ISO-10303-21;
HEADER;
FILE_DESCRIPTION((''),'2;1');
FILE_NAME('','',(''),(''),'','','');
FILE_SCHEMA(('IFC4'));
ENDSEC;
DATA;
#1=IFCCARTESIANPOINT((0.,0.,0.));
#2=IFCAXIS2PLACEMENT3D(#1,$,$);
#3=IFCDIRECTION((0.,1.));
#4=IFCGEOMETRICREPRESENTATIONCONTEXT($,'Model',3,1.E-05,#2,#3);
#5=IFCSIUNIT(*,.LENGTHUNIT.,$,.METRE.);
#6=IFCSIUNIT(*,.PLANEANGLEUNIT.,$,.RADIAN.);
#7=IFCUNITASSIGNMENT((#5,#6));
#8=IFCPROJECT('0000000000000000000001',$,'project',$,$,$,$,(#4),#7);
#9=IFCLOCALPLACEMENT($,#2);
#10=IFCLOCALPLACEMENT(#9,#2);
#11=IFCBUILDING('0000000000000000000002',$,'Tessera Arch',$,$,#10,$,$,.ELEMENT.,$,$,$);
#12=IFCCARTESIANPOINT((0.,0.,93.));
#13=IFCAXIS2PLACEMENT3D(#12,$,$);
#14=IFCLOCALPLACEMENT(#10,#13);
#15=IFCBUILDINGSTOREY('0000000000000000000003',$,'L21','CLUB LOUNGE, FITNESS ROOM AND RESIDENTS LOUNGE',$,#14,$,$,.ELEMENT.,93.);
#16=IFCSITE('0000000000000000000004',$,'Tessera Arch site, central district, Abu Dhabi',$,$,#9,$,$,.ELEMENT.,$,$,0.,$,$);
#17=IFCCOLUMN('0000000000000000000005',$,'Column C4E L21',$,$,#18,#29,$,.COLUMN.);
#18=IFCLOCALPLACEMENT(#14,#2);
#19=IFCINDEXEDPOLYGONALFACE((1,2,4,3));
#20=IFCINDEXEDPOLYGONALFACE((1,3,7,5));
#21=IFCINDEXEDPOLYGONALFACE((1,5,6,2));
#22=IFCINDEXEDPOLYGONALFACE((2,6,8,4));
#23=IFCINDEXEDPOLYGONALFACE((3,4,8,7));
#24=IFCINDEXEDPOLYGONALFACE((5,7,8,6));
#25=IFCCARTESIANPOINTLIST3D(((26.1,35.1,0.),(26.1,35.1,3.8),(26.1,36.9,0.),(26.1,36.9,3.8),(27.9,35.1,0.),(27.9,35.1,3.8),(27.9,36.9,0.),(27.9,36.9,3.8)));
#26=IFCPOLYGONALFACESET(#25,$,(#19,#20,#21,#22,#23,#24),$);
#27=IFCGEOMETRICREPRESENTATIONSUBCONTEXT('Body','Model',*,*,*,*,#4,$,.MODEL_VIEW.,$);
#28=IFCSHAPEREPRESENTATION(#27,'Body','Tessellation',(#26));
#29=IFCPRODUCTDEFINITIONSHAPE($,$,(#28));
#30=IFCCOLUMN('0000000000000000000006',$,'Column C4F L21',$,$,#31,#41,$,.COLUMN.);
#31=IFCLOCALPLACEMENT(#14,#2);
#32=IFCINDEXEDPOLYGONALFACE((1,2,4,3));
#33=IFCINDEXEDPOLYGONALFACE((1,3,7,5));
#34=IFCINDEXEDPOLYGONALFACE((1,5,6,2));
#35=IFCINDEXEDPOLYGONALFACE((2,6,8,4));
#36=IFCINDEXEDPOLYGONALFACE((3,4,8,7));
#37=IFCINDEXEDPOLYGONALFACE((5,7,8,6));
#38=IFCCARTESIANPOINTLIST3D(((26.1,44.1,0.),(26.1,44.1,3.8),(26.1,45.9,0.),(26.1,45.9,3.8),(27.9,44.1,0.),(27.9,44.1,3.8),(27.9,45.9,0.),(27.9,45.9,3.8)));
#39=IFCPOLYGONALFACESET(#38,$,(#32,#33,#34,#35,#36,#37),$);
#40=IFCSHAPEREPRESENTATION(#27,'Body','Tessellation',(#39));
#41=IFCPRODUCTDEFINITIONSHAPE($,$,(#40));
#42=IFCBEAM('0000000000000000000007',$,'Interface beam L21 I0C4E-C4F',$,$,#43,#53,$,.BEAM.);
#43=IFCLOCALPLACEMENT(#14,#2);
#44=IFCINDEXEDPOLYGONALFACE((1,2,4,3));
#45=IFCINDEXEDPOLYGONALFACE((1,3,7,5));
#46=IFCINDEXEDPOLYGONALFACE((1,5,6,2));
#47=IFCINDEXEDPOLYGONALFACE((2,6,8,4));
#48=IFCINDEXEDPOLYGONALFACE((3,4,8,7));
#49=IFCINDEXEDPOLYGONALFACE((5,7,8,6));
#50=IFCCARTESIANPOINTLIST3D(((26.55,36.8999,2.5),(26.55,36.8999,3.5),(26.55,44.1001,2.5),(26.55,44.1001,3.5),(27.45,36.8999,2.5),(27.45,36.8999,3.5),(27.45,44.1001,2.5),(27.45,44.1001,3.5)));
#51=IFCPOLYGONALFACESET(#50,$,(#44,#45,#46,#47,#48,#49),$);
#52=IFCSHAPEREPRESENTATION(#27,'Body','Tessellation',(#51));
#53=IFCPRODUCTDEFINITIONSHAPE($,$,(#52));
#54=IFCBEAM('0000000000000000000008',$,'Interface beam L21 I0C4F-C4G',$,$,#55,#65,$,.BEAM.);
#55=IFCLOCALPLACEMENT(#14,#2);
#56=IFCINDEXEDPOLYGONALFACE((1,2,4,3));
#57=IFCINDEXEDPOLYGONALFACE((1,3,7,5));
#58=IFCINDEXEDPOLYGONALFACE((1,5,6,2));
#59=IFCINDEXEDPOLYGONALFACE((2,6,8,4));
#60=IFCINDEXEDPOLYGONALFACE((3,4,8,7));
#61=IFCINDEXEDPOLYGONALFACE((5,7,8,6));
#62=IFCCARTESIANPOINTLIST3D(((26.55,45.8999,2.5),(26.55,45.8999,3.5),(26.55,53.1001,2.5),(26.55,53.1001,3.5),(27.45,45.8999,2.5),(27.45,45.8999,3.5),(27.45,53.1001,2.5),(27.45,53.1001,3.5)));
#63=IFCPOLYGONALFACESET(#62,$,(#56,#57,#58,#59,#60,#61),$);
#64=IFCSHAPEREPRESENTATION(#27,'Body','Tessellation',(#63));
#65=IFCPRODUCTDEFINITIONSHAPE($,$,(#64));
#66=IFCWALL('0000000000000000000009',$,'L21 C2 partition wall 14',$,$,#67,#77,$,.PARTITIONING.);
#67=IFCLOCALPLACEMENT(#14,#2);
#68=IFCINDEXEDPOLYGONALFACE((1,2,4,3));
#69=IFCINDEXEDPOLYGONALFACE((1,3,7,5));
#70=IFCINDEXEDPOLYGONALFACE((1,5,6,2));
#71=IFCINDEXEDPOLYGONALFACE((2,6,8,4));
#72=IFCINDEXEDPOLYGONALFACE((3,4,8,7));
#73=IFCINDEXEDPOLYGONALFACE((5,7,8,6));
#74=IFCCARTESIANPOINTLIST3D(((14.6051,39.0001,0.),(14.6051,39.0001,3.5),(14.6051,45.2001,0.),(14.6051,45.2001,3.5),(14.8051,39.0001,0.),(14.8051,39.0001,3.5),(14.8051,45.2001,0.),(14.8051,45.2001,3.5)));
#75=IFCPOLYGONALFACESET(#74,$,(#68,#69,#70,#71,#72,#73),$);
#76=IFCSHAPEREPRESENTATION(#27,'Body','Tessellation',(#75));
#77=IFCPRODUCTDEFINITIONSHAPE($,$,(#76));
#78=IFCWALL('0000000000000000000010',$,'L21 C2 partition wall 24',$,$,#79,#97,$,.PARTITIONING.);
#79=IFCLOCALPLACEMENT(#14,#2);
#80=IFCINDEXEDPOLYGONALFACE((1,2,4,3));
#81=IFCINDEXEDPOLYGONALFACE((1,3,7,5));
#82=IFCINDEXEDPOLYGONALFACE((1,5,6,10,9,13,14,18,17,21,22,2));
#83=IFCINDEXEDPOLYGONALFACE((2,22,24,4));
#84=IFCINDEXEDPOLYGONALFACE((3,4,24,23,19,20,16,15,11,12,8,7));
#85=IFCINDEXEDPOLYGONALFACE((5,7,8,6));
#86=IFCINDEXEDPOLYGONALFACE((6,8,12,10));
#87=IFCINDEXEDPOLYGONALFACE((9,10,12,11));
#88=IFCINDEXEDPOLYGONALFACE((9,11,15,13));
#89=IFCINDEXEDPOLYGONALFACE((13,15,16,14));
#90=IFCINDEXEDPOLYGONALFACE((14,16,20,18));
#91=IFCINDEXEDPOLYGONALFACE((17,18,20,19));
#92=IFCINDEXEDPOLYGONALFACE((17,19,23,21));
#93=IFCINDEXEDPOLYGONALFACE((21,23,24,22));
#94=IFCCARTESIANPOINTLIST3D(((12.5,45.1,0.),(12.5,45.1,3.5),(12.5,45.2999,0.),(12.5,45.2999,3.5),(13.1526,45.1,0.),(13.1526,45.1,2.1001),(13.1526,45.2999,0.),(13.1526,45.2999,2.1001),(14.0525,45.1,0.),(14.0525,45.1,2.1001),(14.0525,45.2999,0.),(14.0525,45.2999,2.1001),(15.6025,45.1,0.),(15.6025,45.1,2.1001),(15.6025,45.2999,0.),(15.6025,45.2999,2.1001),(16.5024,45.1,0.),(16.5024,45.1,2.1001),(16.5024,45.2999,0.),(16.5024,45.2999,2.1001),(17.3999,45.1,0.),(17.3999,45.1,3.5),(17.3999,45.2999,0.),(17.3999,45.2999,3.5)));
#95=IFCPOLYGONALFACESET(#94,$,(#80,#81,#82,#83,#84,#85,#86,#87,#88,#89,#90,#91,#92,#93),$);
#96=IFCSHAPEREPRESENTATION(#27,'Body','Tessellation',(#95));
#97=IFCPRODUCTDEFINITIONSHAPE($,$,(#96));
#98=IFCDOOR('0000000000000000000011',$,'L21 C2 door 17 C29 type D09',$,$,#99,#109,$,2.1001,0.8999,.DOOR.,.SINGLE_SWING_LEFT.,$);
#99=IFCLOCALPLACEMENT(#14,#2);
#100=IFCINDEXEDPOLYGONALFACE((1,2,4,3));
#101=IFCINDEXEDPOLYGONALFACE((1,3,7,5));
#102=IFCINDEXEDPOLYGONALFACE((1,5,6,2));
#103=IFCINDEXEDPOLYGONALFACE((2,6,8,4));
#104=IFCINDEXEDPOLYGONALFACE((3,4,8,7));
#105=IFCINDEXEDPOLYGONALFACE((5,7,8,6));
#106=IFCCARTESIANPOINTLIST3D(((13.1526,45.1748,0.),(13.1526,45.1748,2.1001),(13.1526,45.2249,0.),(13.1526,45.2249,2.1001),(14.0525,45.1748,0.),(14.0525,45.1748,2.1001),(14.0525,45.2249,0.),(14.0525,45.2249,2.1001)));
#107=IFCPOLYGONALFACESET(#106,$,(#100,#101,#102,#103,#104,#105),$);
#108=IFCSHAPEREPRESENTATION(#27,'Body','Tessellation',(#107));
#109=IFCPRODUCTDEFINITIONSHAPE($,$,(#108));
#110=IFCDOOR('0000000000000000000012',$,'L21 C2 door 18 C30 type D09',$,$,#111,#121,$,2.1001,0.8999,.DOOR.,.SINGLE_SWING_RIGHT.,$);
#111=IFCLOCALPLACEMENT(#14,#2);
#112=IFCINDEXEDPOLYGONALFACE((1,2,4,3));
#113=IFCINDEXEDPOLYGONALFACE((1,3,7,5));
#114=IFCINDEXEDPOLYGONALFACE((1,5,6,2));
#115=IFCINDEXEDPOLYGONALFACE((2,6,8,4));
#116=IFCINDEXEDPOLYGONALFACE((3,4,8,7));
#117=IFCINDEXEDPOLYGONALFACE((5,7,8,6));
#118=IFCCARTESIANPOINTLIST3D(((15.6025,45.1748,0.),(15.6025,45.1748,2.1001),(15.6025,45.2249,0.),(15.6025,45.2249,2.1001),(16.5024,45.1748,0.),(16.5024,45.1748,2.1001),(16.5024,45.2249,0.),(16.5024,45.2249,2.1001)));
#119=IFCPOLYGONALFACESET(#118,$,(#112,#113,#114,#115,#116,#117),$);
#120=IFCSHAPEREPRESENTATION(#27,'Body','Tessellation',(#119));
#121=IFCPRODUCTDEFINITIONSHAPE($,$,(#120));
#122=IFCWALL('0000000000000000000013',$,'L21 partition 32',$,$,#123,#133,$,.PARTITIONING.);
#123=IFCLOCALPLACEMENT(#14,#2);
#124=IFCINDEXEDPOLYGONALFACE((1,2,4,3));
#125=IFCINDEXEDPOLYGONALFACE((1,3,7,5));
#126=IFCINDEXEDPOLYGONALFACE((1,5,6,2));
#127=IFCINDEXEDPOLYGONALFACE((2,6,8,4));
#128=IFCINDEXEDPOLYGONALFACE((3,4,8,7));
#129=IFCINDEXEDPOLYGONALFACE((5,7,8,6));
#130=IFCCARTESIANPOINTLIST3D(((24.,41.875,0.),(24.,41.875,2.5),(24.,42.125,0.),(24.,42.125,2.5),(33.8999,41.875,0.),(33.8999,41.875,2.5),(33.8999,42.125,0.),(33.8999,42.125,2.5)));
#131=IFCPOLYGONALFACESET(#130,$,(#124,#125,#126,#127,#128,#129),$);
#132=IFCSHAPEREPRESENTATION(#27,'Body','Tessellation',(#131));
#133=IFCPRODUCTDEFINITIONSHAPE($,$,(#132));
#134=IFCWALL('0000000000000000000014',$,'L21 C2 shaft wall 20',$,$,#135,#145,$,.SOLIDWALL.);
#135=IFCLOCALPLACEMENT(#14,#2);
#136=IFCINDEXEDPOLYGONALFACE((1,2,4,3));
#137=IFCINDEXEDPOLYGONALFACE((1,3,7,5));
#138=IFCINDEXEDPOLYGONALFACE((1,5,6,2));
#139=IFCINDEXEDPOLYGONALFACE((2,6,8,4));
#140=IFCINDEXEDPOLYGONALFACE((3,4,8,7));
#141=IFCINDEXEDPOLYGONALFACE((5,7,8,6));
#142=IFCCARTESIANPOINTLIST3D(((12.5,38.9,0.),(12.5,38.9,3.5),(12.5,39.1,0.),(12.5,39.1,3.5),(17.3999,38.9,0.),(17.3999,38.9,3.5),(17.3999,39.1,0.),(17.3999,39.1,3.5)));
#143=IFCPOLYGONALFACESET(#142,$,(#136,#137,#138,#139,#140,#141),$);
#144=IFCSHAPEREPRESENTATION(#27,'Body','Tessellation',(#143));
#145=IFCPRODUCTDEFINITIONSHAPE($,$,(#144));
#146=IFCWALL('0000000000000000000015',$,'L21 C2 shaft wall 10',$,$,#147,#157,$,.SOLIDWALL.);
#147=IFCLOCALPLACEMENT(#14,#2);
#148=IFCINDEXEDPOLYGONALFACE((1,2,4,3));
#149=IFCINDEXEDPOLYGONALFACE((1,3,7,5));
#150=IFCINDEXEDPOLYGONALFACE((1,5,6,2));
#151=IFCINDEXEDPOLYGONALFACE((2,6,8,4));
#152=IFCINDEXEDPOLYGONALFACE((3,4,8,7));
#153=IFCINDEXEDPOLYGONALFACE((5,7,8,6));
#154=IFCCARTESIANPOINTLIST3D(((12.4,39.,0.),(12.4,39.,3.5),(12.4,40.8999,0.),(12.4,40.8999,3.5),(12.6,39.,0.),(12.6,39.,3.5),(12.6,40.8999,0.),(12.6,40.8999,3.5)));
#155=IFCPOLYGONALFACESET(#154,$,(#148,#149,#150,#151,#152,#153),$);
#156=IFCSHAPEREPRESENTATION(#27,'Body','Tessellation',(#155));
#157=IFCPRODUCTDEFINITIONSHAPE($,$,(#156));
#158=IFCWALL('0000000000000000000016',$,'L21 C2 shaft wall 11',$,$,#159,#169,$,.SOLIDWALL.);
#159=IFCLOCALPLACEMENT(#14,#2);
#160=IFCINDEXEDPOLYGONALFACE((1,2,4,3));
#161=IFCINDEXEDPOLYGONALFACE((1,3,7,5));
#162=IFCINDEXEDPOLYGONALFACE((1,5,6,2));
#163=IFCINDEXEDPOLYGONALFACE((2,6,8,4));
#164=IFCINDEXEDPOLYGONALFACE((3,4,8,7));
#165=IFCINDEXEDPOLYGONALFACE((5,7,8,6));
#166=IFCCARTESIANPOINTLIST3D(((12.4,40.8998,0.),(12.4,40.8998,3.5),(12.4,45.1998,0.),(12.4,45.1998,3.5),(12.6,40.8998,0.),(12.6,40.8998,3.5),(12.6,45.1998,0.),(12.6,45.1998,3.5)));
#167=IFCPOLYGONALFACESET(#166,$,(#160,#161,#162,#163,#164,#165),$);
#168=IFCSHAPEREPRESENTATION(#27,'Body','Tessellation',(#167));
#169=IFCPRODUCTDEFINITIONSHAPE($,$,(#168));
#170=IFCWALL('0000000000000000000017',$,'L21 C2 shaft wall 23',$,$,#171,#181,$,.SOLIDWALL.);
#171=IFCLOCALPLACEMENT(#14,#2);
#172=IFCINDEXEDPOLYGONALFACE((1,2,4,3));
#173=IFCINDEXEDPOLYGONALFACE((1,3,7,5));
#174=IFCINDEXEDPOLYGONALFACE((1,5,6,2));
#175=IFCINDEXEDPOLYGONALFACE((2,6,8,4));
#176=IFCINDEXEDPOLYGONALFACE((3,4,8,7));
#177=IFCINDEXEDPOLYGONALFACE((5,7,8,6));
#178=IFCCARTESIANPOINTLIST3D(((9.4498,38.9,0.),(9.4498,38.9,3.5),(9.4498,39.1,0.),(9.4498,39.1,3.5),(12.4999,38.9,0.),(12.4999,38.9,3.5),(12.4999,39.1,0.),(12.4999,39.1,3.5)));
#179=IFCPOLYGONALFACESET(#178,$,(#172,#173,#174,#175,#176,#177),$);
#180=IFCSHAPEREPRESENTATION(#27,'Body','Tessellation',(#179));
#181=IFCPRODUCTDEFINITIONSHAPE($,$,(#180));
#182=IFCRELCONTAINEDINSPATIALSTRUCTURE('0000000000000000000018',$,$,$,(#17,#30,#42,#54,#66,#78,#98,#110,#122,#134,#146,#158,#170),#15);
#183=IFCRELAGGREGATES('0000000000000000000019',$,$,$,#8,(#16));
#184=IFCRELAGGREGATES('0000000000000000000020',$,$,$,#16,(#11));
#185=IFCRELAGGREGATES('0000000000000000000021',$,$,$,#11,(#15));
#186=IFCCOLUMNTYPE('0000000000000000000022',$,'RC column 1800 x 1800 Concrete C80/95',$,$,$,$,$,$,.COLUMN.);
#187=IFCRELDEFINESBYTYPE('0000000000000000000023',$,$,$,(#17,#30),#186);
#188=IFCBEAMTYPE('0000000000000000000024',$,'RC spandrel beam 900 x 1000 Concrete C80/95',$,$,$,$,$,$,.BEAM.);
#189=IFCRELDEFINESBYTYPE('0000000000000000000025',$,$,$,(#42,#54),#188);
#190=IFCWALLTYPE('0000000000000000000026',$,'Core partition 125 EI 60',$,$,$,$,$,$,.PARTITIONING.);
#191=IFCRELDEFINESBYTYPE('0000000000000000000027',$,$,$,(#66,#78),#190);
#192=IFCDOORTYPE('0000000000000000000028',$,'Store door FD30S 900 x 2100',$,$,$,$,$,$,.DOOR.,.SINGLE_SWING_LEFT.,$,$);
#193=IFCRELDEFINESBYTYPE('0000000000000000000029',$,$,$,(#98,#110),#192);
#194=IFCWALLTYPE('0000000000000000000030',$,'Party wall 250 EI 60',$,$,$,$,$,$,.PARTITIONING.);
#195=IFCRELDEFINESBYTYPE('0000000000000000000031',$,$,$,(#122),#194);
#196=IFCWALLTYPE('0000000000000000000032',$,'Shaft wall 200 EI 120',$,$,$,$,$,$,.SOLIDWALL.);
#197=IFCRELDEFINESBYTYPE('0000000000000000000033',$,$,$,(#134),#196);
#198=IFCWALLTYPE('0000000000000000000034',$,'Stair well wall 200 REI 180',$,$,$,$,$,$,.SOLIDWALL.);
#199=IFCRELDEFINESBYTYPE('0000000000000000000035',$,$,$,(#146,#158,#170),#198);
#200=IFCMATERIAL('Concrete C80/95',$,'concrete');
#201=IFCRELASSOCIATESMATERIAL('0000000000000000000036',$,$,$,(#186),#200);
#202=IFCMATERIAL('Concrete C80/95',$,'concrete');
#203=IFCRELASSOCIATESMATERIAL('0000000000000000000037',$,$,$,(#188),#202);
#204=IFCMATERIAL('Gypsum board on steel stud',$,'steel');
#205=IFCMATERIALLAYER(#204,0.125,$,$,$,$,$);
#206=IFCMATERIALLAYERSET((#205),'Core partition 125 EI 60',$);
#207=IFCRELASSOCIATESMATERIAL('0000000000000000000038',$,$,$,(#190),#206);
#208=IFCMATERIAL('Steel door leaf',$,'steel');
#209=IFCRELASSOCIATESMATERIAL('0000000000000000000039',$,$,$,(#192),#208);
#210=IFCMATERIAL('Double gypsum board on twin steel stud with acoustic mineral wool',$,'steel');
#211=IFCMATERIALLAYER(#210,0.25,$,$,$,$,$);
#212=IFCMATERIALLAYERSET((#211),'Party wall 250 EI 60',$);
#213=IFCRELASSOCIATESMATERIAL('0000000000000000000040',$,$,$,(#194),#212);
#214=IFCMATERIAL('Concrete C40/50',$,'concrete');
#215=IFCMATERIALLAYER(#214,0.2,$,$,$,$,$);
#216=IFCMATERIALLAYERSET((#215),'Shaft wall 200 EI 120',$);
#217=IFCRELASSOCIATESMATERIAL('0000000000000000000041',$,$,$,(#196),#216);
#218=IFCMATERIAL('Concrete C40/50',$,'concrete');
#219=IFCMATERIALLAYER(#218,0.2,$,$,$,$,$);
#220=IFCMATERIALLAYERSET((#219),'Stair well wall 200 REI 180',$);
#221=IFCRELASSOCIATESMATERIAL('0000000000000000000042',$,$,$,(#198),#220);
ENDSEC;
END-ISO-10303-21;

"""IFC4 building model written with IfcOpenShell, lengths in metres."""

from ifc_helpers import new_model, si_unit, direction, frame, frame_2d, origin, origin_2d, place, context, subcontext, project, spatial, rectangle, extrude, material, layer, layer_set, material_profile, profile_set, type_object, element, fill, save


model = new_model("IFC4")

# Units and contexts
model_context = context("Model", 3, precision=1e-05, world=origin(), true_north=direction((0.0, 1.0)))
body_context = subcontext(model_context, "Body", "Model", "MODEL_VIEW")
ifc_project = project(units=[si_unit("LENGTHUNIT", "METRE"), si_unit("PLANEANGLEUNIT", "RADIAN")], contexts=[model_context])

# Site, building, storey
site_placement = place(None, origin())
site = spatial("IfcSite", under=ifc_project, at=site_placement, Name="Tessera Arch site, central district, Abu Dhabi", CompositionType="ELEMENT", RefElevation=0.0)
building_placement = place(site_placement, origin())
building = spatial("IfcBuilding", under=site, at=building_placement, Name="Tessera Arch", CompositionType="ELEMENT")
storey_placement = place(building_placement, frame((0.0, 0.0, 93.0)))
storey = spatial("IfcBuildingStorey", under=building, at=storey_placement, Name="L21", Description="CLUB LOUNGE, FITNESS ROOM AND RESIDENTS LOUNGE", CompositionType="ELEMENT", Elevation=93.0)

# Columns
ifc_material_1 = material(Name="Concrete C80/95", Category="concrete")
ifc_material_profile_1 = material_profile(ifc_material_1, rectangle(XDim=1.8, YDim=1.8, at=origin_2d()), Name="RC column 1800 x 1800 Concrete C80/95")
ifc_profile_set_1 = profile_set([ifc_material_profile_1], Name="Concrete C80/95")
column_type = type_object("IfcColumnType", Name="RC column 1800 x 1800 Concrete C80/95", PredefinedType="COLUMN", material=ifc_profile_set_1)
for number, where, z_axis, x_axis, name in (
    (1, (27.0, 36.0, 0.0), (0.0, 0.0, 1.0), (1.0, 0.0, 0.0), "Column C4E L21"),
    (2, (27.0, 45.0, 0.0), (0.0, 0.0, 1.0), (1.0, 0.0, 0.0), "Column C4F L21"),
):
    element("IfcColumn", number, at=place(storey_placement, frame(where, z_axis=z_axis, x_axis=x_axis)), inside=storey, type_object=column_type, Name=name, PredefinedType="COLUMN", context=body_context, shape_type="SweptSolid", body=[
        extrude(rectangle(XDim=1.8, YDim=1.8, at=origin_2d()), origin(), (0.0, 0.0, 1.0), 3.8),
    ])

# Beams
ifc_material_2 = material(Name="Concrete C80/95", Category="concrete")
ifc_material_profile_2 = material_profile(ifc_material_2, rectangle(XDim=0.8999, YDim=1.0, at=origin_2d()), Name="RC spandrel beam 900 x 1000 Concrete C80/95")
ifc_profile_set_2 = profile_set([ifc_material_profile_2], Name="Concrete C80/95")
beam_type = type_object("IfcBeamType", Name="RC spandrel beam 900 x 1000 Concrete C80/95", PredefinedType="BEAM", material=ifc_profile_set_2)
for number, where, z_axis, x_axis, name in (
    (3, (27.0, 36.8999, 3.0), (0.0, 1.0, 0.0), (-1.0, 0.0, 0.0), "Interface beam L21 I0C4E-C4F"),
    (4, (27.0, 45.8999, 3.0), (0.0, 1.0, 0.0), (-1.0, 0.0, 0.0), "Interface beam L21 I0C4F-C4G"),
):
    element("IfcBeam", number, at=place(storey_placement, frame(where, z_axis=z_axis, x_axis=x_axis)), inside=storey, type_object=beam_type, Name=name, PredefinedType="BEAM", context=body_context, shape_type="SweptSolid", body=[
        extrude(rectangle(XDim=0.8999, YDim=1.0, at=origin_2d()), origin(), (0.0, 0.0, 1.0), 7.2002),
    ])

# Wall
ifc_material_3 = material(Name="Gypsum board on steel stud", Category="steel")
ifc_layer_1 = layer(ifc_material_3, 0.125)
ifc_layer_set_1 = layer_set([ifc_layer_1], Name="Core partition 125 EI 60")
wall_type_1 = type_object("IfcWallType", Name="Core partition 125 EI 60", PredefinedType="PARTITIONING", material=ifc_layer_set_1)
wall_1_placement = place(storey_placement, frame((14.7051, 39.0, 0.0), z_axis=(0.0, 0.0, 1.0), x_axis=(0.0, 1.0, 0.0)))
element("IfcWall", 5, at=wall_1_placement, inside=storey, type_object=wall_type_1, Name="L21 C2 partition wall 14", PredefinedType="PARTITIONING", context=body_context, shape_type="SweptSolid", body=[
    extrude(rectangle(XDim=6.2, YDim=0.2, at=frame_2d((3.1001, 0.0))), origin(), (0.0, 0.0, 1.0), 3.5),
])

# Wall, openings, doors
wall_2_placement = place(storey_placement, frame((12.5, 45.2, 0.0), z_axis=(0.0, 0.0, 1.0), x_axis=(1.0, 0.0, 0.0)))
wall_2 = element("IfcWall", 6, at=wall_2_placement, inside=storey, type_object=wall_type_1, Name="L21 C2 partition wall 24", PredefinedType="PARTITIONING", context=body_context, shape_type="SweptSolid", body=[
    extrude(rectangle(XDim=4.8999, YDim=0.2, at=frame_2d((2.45, 0.0))), origin(), (0.0, 0.0, 1.0), 3.5),
])
opening_1_placement = place(wall_2_placement, frame((0.6526, 0.0, 0.0)))
opening_1 = element("IfcOpeningElement", 7, at=opening_1_placement, cuts=wall_2, PredefinedType="OPENING", context=body_context, shape_type="SweptSolid", body=[
    extrude(rectangle(XDim=0.8999, YDim=2.1001, at=frame_2d((0.45, 1.05))), frame((0.0, 0.1099, 0.0), z_axis=(0.0, -1.0, 0.0), x_axis=(1.0, 0.0, 0.0)), (0.0, 0.0, 1.0), 0.22),
])
opening_2_placement = place(wall_2_placement, frame((3.1025, 0.0, 0.0)))
opening_2 = element("IfcOpeningElement", 8, at=opening_2_placement, cuts=wall_2, PredefinedType="OPENING", context=body_context, shape_type="SweptSolid", body=[
    extrude(rectangle(XDim=0.8999, YDim=2.1001, at=frame_2d((0.45, 1.05))), frame((0.0, 0.1099, 0.0), z_axis=(0.0, -1.0, 0.0), x_axis=(1.0, 0.0, 0.0)), (0.0, 0.0, 1.0), 0.22),
])
ifc_material_4 = material(Name="Steel door leaf", Category="steel")
door_type = type_object("IfcDoorType", Name="Store door FD30S 900 x 2100", OperationType="SINGLE_SWING_LEFT", PredefinedType="DOOR", material=ifc_material_4)
door_1_placement = place(opening_1_placement, origin())
door_1 = element("IfcDoor", 9, at=door_1_placement, inside=storey, type_object=door_type, Name="L21 C2 door 17 C29 type D09", OperationType="SINGLE_SWING_LEFT", OverallHeight=2.1001, OverallWidth=0.8999, PredefinedType="DOOR", context=body_context, shape_type="SweptSolid", body=[
    extrude(rectangle(XDim=0.8999, YDim=2.1001, at=frame_2d((0.45, 1.05))), frame((0.0, 0.0249, 0.0), z_axis=(0.0, -1.0, 0.0), x_axis=(1.0, 0.0, 0.0)), (0.0, 0.0, 1.0), 0.05),
])
fill(opening_1, door_1)
door_2_placement = place(opening_2_placement, origin())
door_2 = element("IfcDoor", 10, at=door_2_placement, inside=storey, type_object=door_type, Name="L21 C2 door 18 C30 type D09", OperationType="SINGLE_SWING_RIGHT", OverallHeight=2.1001, OverallWidth=0.8999, PredefinedType="DOOR", context=body_context, shape_type="SweptSolid", body=[
    extrude(rectangle(XDim=0.8999, YDim=2.1001, at=frame_2d((0.45, 1.05))), frame((0.0, 0.0249, 0.0), z_axis=(0.0, -1.0, 0.0), x_axis=(1.0, 0.0, 0.0)), (0.0, 0.0, 1.0), 0.05),
])
fill(opening_2, door_2)

# Walls
ifc_material_5 = material(Name="Double gypsum board on twin steel stud with acoustic mineral wool", Category="steel")
ifc_layer_2 = layer(ifc_material_5, 0.25)
ifc_layer_set_2 = layer_set([ifc_layer_2], Name="Party wall 250 EI 60")
wall_type_2 = type_object("IfcWallType", Name="Party wall 250 EI 60", PredefinedType="PARTITIONING", material=ifc_layer_set_2)
wall_3_placement = place(storey_placement, frame((24.0, 42.0, 0.0), z_axis=(0.0, 0.0, 1.0), x_axis=(1.0, 0.0, 0.0)))
element("IfcWall", 11, at=wall_3_placement, inside=storey, type_object=wall_type_2, Name="L21 partition 32", PredefinedType="PARTITIONING", context=body_context, shape_type="SweptSolid", body=[
    extrude(rectangle(XDim=9.8999, YDim=0.25, at=frame_2d((4.95, 0.0))), origin(), (0.0, 0.0, 1.0), 2.5),
])
ifc_material_6 = material(Name="Concrete C40/50", Category="concrete")
ifc_layer_3 = layer(ifc_material_6, 0.2)
ifc_layer_set_3 = layer_set([ifc_layer_3], Name="Shaft wall 200 EI 120")
wall_type_3 = type_object("IfcWallType", Name="Shaft wall 200 EI 120", PredefinedType="SOLIDWALL", material=ifc_layer_set_3)
wall_4_placement = place(storey_placement, frame((12.5, 39.0, 0.0), z_axis=(0.0, 0.0, 1.0), x_axis=(1.0, 0.0, 0.0)))
element("IfcWall", 12, at=wall_4_placement, inside=storey, type_object=wall_type_3, Name="L21 C2 shaft wall 20", PredefinedType="SOLIDWALL", context=body_context, shape_type="SweptSolid", body=[
    extrude(rectangle(XDim=4.8999, YDim=0.2, at=frame_2d((2.45, 0.0))), origin(), (0.0, 0.0, 1.0), 3.5),
])
ifc_material_7 = material(Name="Concrete C40/50", Category="concrete")
ifc_layer_4 = layer(ifc_material_7, 0.2)
ifc_layer_set_4 = layer_set([ifc_layer_4], Name="Stair well wall 200 REI 180")
wall_type_4 = type_object("IfcWallType", Name="Stair well wall 200 REI 180", PredefinedType="SOLIDWALL", material=ifc_layer_set_4)
wall_5_placement = place(storey_placement, frame((12.5, 39.0, 0.0), z_axis=(0.0, 0.0, 1.0), x_axis=(0.0, 1.0, 0.0)))
element("IfcWall", 13, at=wall_5_placement, inside=storey, type_object=wall_type_4, Name="L21 C2 shaft wall 10", PredefinedType="SOLIDWALL", context=body_context, shape_type="SweptSolid", body=[
    extrude(rectangle(XDim=1.8999, YDim=0.2, at=frame_2d((0.95, 0.0))), origin(), (0.0, 0.0, 1.0), 3.5),
])
wall_6_placement = place(storey_placement, frame((12.5, 40.8999, 0.0), z_axis=(0.0, 0.0, 1.0), x_axis=(0.0, 1.0, 0.0)))
element("IfcWall", 14, at=wall_6_placement, inside=storey, type_object=wall_type_4, Name="L21 C2 shaft wall 11", PredefinedType="SOLIDWALL", context=body_context, shape_type="SweptSolid", body=[
    extrude(rectangle(XDim=4.3, YDim=0.2, at=frame_2d((2.1499, 0.0))), origin(), (0.0, 0.0, 1.0), 3.5),
])
wall_7_placement = place(storey_placement, frame((9.45, 39.0, 0.0), z_axis=(0.0, 0.0, 1.0), x_axis=(1.0, 0.0, 0.0)))
element("IfcWall", 15, at=wall_7_placement, inside=storey, type_object=wall_type_4, Name="L21 C2 shaft wall 23", PredefinedType="SOLIDWALL", context=body_context, shape_type="SweptSolid", body=[
    extrude(rectangle(XDim=3.05, YDim=0.2, at=frame_2d((1.5249, 0.0))), origin(), (0.0, 0.0, 1.0), 3.5),
])

save(model, "model.ifc")
